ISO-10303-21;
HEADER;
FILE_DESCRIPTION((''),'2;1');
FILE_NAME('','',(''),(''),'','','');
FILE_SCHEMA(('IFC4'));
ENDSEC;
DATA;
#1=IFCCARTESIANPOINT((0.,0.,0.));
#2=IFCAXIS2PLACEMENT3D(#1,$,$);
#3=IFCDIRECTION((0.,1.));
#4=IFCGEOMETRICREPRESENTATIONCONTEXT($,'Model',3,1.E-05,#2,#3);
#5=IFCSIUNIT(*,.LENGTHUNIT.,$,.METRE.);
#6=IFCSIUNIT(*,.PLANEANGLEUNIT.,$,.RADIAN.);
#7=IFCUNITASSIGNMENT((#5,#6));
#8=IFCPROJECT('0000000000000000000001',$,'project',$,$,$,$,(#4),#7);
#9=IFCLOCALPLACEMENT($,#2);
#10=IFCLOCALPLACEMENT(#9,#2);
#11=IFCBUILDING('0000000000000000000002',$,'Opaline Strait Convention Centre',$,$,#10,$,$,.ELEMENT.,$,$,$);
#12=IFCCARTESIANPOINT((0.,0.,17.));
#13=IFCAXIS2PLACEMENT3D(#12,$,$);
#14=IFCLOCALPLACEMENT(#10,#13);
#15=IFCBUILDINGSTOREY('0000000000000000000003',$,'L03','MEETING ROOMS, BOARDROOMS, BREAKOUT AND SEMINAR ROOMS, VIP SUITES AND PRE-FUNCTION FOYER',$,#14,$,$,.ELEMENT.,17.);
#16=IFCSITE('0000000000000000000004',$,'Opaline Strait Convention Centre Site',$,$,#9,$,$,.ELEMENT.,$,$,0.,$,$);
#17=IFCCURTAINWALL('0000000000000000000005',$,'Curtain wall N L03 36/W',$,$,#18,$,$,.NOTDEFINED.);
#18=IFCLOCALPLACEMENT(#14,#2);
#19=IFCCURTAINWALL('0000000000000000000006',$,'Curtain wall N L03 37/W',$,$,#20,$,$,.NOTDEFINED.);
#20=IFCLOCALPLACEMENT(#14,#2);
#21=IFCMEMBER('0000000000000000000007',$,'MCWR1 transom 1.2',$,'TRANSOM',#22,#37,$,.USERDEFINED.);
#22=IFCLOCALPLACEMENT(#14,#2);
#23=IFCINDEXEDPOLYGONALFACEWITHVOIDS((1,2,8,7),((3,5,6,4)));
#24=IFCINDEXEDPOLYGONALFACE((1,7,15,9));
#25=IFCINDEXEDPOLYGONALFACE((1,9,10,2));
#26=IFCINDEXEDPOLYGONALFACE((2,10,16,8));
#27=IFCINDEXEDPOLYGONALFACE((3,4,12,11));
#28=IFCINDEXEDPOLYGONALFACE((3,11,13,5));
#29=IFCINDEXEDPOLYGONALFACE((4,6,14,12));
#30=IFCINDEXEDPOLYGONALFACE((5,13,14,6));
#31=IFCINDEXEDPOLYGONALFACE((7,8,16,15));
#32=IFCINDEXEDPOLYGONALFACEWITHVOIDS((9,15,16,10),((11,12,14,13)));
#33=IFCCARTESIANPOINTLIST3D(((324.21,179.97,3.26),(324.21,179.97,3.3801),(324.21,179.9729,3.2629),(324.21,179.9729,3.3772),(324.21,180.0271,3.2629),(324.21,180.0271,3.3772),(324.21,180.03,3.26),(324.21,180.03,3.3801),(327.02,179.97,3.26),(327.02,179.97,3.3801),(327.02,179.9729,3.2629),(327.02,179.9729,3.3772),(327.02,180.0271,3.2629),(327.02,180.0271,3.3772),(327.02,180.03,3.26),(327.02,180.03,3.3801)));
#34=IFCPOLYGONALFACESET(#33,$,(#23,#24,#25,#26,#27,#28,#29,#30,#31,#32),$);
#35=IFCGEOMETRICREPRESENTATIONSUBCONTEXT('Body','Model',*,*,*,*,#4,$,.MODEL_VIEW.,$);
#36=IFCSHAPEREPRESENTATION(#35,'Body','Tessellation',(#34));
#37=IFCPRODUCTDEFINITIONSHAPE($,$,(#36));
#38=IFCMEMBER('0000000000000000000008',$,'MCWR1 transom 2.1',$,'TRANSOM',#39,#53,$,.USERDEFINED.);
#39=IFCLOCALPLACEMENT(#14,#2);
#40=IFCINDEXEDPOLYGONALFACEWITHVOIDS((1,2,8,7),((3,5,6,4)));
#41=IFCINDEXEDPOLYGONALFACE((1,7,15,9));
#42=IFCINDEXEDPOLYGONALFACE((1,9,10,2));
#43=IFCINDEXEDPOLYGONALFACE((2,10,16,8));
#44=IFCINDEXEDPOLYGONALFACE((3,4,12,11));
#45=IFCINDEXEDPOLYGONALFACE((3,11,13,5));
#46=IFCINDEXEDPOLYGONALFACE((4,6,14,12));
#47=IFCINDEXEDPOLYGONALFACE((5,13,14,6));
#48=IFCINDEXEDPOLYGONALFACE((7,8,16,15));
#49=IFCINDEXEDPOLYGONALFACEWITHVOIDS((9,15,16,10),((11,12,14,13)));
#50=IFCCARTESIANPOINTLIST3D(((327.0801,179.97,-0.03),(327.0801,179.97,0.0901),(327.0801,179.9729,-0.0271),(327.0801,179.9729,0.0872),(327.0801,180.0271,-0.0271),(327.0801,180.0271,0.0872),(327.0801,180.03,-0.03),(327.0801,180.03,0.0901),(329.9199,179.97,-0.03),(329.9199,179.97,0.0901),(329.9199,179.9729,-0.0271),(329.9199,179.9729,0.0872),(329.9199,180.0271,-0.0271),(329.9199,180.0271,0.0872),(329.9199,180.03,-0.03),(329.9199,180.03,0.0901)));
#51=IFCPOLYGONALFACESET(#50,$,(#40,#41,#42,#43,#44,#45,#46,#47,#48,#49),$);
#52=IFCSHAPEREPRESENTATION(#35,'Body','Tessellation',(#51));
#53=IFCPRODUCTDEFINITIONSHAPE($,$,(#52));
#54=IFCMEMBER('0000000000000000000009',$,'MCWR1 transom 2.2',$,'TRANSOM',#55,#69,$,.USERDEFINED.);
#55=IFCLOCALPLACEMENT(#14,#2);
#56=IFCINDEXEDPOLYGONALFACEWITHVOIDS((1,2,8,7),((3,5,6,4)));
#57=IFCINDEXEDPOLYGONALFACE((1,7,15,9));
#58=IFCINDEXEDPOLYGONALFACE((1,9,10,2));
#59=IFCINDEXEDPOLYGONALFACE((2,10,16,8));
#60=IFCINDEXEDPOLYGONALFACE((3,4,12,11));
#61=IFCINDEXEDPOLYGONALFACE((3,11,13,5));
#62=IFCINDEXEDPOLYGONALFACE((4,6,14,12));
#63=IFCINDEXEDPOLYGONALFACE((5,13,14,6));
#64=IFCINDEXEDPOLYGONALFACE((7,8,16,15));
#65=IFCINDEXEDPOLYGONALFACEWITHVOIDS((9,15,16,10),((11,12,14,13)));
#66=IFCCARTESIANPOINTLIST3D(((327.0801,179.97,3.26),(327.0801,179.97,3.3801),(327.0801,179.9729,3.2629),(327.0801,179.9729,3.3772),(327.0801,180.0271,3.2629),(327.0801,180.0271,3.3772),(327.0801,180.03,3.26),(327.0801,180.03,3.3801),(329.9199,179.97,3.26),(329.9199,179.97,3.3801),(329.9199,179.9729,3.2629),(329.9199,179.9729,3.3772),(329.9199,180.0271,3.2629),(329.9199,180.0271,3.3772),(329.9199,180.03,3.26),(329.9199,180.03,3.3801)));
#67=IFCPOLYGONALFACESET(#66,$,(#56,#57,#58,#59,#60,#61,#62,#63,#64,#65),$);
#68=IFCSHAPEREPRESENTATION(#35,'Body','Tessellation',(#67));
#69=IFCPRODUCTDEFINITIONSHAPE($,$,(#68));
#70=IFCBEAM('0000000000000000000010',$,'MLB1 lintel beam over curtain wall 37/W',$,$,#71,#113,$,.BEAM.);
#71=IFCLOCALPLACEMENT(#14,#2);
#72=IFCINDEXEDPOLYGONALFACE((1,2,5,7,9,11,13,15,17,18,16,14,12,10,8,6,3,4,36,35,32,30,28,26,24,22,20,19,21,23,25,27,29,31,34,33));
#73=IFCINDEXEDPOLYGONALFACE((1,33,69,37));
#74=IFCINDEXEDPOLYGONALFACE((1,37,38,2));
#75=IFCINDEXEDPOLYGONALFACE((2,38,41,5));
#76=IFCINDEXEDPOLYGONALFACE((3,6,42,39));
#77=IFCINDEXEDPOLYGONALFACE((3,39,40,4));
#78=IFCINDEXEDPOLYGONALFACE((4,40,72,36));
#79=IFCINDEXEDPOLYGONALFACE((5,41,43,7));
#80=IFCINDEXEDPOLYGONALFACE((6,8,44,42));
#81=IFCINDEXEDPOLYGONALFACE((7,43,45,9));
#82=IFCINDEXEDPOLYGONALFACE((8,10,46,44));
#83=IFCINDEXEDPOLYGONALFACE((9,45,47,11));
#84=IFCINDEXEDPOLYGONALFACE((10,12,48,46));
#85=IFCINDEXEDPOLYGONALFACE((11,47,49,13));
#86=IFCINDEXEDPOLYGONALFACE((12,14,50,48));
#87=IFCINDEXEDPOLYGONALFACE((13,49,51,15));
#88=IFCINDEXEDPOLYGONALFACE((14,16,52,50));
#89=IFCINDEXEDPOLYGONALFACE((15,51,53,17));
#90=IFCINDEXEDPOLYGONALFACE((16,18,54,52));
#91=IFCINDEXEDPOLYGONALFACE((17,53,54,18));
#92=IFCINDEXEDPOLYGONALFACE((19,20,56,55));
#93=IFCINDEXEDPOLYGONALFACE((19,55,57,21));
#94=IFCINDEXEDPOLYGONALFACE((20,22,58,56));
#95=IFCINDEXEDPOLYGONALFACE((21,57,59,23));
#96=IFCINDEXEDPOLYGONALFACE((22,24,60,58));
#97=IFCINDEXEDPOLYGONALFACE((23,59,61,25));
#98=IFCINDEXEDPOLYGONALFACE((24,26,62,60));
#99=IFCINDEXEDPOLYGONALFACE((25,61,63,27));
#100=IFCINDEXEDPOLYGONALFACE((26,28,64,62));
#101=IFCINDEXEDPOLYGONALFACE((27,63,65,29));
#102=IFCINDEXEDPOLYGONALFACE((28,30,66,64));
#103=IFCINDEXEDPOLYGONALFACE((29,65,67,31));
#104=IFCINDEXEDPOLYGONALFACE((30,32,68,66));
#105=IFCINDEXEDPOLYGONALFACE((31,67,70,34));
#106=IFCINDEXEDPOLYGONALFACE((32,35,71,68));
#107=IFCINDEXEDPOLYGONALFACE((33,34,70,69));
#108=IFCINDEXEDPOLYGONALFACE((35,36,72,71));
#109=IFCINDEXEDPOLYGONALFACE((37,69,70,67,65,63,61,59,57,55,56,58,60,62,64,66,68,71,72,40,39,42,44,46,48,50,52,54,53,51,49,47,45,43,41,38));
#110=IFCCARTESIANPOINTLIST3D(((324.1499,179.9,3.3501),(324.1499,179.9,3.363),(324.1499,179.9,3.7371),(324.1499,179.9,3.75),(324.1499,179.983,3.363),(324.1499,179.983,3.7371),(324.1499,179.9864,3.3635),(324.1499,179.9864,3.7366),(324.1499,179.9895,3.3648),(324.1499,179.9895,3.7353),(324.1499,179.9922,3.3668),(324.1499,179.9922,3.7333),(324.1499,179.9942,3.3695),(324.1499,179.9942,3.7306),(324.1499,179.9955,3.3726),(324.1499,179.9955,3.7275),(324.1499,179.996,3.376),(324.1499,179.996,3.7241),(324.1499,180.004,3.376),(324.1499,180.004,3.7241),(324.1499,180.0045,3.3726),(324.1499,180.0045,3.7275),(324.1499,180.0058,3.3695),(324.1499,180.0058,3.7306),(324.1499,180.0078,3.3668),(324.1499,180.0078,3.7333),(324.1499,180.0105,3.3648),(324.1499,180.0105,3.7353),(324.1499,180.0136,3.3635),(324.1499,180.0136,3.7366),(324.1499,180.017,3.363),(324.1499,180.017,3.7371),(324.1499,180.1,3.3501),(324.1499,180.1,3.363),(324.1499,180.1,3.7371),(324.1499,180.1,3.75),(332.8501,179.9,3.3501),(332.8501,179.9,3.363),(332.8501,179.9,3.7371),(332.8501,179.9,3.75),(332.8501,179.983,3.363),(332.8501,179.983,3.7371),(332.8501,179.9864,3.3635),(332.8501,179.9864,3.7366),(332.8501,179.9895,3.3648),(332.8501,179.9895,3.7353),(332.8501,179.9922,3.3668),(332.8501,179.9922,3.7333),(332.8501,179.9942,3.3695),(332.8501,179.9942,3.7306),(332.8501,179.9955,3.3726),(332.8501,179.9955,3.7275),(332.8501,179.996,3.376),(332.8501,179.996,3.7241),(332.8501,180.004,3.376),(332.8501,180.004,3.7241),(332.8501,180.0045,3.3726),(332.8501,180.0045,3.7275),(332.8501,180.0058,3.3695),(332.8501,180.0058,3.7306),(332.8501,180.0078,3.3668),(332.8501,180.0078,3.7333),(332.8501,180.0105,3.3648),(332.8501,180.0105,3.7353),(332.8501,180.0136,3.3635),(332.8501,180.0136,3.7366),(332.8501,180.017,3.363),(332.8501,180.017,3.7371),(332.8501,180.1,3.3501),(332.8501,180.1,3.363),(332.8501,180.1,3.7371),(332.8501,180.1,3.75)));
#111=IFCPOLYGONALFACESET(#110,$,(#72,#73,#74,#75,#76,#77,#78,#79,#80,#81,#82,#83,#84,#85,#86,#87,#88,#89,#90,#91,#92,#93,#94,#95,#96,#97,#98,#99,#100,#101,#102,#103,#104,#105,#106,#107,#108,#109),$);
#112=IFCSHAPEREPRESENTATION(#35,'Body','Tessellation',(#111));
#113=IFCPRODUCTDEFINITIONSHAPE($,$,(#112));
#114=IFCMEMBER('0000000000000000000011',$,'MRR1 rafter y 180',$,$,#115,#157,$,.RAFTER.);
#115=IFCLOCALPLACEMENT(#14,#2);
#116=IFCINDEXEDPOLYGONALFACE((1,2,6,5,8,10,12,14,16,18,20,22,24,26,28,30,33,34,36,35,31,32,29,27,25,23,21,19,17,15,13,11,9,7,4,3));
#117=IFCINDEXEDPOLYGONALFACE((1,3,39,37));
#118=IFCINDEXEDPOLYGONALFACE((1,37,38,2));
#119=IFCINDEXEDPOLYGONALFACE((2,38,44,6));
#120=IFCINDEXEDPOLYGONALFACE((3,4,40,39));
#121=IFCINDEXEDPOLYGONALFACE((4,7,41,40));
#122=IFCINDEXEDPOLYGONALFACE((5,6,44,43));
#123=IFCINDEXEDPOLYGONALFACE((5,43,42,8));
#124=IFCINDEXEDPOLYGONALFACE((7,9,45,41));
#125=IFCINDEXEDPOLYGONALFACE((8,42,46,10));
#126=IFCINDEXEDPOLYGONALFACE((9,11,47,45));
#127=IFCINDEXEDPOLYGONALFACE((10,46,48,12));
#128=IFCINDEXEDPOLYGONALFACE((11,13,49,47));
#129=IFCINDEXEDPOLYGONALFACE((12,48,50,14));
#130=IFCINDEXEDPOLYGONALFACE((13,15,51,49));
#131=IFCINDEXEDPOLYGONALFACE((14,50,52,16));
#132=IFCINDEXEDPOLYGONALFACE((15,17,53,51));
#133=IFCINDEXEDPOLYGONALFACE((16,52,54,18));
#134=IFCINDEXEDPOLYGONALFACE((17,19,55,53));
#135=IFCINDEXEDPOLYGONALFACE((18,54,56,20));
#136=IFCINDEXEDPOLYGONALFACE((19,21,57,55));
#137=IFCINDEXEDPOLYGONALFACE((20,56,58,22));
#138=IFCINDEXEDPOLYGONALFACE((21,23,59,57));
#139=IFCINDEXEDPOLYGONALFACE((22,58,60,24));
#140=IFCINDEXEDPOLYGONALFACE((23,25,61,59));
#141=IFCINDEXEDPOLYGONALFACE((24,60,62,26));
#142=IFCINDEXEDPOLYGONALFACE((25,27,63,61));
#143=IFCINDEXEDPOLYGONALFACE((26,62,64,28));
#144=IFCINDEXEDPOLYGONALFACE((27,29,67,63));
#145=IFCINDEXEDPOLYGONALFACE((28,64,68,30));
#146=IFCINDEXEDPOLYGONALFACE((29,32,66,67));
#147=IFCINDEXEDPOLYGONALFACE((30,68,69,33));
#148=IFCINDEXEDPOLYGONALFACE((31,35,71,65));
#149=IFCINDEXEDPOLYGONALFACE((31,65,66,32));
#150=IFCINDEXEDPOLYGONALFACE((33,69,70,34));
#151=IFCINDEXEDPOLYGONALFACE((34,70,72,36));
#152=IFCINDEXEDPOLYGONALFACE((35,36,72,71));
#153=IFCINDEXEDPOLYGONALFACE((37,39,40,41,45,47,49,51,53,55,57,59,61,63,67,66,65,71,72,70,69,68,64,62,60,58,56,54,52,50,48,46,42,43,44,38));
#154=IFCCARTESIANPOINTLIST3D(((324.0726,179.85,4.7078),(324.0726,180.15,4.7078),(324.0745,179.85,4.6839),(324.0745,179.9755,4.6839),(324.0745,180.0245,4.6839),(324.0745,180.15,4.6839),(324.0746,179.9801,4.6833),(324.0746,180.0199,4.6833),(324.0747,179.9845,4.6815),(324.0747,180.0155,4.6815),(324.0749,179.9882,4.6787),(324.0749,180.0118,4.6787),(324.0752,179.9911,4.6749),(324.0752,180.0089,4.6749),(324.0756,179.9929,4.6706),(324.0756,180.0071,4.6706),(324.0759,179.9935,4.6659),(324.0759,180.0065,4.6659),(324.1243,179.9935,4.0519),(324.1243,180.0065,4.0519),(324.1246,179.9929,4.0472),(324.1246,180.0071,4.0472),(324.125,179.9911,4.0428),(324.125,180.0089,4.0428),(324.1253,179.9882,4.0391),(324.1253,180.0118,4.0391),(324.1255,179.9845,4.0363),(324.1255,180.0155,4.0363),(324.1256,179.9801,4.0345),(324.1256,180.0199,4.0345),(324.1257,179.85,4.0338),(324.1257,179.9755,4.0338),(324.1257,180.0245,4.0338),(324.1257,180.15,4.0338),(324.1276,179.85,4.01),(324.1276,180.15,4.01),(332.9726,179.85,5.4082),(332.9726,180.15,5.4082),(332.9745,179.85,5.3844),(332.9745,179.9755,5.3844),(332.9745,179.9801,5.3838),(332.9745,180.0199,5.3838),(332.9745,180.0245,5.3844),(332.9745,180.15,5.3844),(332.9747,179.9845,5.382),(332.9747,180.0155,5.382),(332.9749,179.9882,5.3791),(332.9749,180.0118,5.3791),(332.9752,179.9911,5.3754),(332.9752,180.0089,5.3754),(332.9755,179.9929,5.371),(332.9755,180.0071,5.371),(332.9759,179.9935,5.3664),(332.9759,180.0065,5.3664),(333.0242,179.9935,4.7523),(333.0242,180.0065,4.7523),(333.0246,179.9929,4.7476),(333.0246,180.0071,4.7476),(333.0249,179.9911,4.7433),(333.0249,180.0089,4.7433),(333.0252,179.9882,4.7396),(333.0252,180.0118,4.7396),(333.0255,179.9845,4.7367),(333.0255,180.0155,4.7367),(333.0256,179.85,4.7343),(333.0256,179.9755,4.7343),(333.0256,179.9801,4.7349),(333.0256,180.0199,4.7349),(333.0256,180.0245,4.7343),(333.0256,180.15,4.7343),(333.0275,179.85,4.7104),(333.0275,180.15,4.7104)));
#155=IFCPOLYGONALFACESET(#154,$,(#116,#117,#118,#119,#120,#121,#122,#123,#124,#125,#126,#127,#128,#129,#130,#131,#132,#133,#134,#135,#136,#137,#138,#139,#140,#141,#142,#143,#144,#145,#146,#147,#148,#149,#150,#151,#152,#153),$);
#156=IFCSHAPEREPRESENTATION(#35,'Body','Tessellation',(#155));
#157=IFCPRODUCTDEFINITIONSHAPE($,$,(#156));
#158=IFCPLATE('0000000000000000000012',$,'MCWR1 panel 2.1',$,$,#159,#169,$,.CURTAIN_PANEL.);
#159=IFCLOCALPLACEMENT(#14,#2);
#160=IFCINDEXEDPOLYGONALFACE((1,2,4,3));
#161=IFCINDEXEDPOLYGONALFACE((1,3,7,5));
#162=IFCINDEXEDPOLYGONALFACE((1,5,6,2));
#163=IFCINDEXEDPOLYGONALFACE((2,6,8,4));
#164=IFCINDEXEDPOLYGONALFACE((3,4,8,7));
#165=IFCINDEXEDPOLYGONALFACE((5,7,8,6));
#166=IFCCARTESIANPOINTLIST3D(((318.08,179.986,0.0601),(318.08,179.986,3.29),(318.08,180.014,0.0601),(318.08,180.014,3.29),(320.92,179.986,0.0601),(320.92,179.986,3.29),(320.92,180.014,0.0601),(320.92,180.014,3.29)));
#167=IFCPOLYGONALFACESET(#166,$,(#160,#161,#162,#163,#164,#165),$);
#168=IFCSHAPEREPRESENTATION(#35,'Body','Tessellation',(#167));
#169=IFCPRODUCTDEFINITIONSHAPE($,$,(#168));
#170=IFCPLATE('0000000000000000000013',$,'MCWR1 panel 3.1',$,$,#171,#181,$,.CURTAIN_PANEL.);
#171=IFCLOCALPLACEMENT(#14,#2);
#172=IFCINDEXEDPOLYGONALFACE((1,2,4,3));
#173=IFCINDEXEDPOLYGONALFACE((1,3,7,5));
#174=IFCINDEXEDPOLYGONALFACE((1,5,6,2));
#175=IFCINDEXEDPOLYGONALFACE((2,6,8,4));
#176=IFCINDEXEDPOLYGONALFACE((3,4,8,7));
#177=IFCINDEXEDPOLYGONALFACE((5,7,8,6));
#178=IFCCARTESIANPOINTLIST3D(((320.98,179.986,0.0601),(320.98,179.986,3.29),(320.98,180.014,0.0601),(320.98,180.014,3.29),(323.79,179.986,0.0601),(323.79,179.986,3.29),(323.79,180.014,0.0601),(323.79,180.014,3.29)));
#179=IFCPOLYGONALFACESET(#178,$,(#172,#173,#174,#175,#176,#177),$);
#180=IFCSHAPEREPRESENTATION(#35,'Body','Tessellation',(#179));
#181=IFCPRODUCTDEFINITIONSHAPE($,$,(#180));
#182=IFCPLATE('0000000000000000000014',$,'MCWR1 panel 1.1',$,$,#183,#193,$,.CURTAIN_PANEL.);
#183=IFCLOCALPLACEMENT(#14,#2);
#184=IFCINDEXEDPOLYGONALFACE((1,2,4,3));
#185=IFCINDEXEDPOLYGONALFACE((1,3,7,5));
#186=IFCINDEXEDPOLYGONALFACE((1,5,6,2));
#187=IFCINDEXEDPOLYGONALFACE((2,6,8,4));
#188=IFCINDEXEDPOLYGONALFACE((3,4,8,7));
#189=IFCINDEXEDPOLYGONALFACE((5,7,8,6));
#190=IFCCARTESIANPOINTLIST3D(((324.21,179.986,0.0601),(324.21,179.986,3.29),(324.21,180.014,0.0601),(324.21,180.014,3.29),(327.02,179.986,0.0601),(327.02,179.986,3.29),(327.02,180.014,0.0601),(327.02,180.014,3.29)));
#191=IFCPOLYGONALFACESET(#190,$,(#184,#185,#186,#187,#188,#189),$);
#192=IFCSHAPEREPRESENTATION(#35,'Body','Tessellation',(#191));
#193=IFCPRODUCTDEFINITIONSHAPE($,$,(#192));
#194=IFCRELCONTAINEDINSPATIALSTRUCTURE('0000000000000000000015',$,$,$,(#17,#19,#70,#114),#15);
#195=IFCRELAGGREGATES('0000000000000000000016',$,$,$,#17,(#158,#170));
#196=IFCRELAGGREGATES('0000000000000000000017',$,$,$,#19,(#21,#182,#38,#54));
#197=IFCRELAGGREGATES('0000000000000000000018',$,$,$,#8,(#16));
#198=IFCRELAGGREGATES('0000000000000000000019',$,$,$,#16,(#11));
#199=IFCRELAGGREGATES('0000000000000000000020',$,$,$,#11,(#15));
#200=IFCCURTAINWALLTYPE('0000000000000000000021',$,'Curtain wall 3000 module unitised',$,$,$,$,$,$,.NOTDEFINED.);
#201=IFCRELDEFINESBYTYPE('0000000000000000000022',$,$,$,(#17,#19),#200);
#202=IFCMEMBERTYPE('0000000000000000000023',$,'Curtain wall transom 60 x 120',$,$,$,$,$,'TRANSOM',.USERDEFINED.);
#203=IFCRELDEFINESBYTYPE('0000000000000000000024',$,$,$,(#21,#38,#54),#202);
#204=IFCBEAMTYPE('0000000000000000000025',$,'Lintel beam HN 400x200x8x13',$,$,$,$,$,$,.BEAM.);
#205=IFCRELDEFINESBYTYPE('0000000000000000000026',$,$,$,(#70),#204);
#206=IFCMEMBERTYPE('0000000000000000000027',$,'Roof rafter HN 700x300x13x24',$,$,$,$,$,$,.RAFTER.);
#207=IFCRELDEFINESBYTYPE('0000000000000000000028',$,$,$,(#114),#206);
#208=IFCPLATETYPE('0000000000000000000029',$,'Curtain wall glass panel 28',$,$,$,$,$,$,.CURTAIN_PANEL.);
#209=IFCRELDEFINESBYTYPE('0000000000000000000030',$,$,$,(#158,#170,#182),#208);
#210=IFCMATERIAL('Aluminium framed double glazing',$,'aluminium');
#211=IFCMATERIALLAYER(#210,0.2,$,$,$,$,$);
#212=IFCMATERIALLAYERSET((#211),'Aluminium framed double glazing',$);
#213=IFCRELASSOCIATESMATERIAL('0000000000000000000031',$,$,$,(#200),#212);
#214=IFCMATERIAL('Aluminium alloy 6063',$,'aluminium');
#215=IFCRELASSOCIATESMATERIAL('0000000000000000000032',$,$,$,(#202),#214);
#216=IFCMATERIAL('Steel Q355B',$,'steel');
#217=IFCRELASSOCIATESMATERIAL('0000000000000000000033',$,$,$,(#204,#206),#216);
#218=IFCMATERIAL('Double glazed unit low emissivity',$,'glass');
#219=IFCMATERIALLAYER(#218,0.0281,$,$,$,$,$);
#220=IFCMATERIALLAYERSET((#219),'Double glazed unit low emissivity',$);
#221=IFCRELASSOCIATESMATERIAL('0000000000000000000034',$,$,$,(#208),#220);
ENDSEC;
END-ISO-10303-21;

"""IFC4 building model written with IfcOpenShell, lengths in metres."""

from ifc_helpers import new_model, si_unit, direction, frame, origin, origin_2d, place, context, subcontext, project, spatial, rectangle, hollow_rectangle, i_section, extrude, material, layer, layer_set, material_profile, profile_set, type_object, element, aggregate, save


model = new_model("IFC4")

# Units and contexts
model_context = context("Model", 3, precision=1e-05, world=origin(), true_north=direction((0.0, 1.0)))
body_context = subcontext(model_context, "Body", "Model", "MODEL_VIEW")
ifc_project = project(units=[si_unit("LENGTHUNIT", "METRE"), si_unit("PLANEANGLEUNIT", "RADIAN")], contexts=[model_context])

# Site, building, storey
site_placement = place(None, origin())
site = spatial("IfcSite", under=ifc_project, at=site_placement, Name="Opaline Strait Convention Centre Site", CompositionType="ELEMENT", RefElevation=0.0)
building_placement = place(site_placement, origin())
building = spatial("IfcBuilding", under=site, at=building_placement, Name="Opaline Strait Convention Centre", CompositionType="ELEMENT")
storey_placement = place(building_placement, frame((0.0, 0.0, 17.0)))
storey = spatial("IfcBuildingStorey", under=building, at=storey_placement, Name="L03", Description="MEETING ROOMS, BOARDROOMS, BREAKOUT AND SEMINAR ROOMS, VIP SUITES AND PRE-FUNCTION FOYER", CompositionType="ELEMENT", Elevation=17.0)

# Shared definitions
ifc_material_1 = material(Name="Steel Q355B", Category="steel")

# Curtain walls
ifc_material_2 = material(Name="Aluminium framed double glazing", Category="aluminium")
ifc_layer_1 = layer(ifc_material_2, 0.2)
ifc_layer_set_1 = layer_set([ifc_layer_1], Name="Aluminium framed double glazing")
curtain_wall_type = type_object("IfcCurtainWallType", Name="Curtain wall 3000 module unitised", PredefinedType="NOTDEFINED", material=ifc_layer_set_1)
curtain_wall_1_placement = place(storey_placement, origin())
curtain_wall_1 = element("IfcCurtainWall", 1, at=curtain_wall_1_placement, inside=storey, type_object=curtain_wall_type, Name="Curtain wall N L03 36/W", PredefinedType="NOTDEFINED")
ifc_material_3 = material(Name="Aluminium alloy 6063", Category="aluminium")
curtain_wall_2_placement = place(storey_placement, origin())
curtain_wall_2 = element("IfcCurtainWall", 2, at=curtain_wall_2_placement, inside=storey, type_object=curtain_wall_type, Name="Curtain wall N L03 37/W", PredefinedType="NOTDEFINED")

# Members
ifc_material_profile_1 = material_profile(ifc_material_3, hollow_rectangle(XDim=0.0601, YDim=0.1201, WallThickness=0.0029, at=origin_2d()), Name="TRANSOM 60x120x3")
ifc_profile_set_1 = profile_set([ifc_material_profile_1], Name="Aluminium alloy 6063")
member_type_1 = type_object("IfcMemberType", Name="Curtain wall transom 60 x 120", ElementType="TRANSOM", PredefinedType="USERDEFINED", material=ifc_profile_set_1)
member_1_placement = place(storey_placement, frame((324.21, 180.0, 3.3201), z_axis=(1.0, 0.0, 0.0), x_axis=(0.0, 1.0, 0.0)))
member_1 = element("IfcMember", 3, at=member_1_placement, type_object=member_type_1, Name="MCWR1 transom 1.2", ObjectType="TRANSOM", PredefinedType="USERDEFINED", context=body_context, shape_type="SweptSolid", body=[
    extrude(hollow_rectangle(XDim=0.0601, YDim=0.1201, WallThickness=0.0029, at=origin_2d()), origin(), (0.0, 0.0, 1.0), 2.8101),
])
member_2_placement = place(storey_placement, frame((327.0801, 180.0, 0.03), z_axis=(1.0, 0.0, 0.0), x_axis=(0.0, 1.0, 0.0)))
member_2 = element("IfcMember", 4, at=member_2_placement, type_object=member_type_1, Name="MCWR1 transom 2.1", ObjectType="TRANSOM", PredefinedType="USERDEFINED", context=body_context, shape_type="SweptSolid", body=[
    extrude(hollow_rectangle(XDim=0.0601, YDim=0.1201, WallThickness=0.0029, at=origin_2d()), origin(), (0.0, 0.0, 1.0), 2.8398),
])
member_3_placement = place(storey_placement, frame((327.0801, 180.0, 3.3201), z_axis=(1.0, 0.0, 0.0), x_axis=(0.0, 1.0, 0.0)))
member_3 = element("IfcMember", 5, at=member_3_placement, type_object=member_type_1, Name="MCWR1 transom 2.2", ObjectType="TRANSOM", PredefinedType="USERDEFINED", context=body_context, shape_type="SweptSolid", body=[
    extrude(hollow_rectangle(XDim=0.0601, YDim=0.1201, WallThickness=0.0029, at=origin_2d()), origin(), (0.0, 0.0, 1.0), 2.8398),
])

# Beam
ifc_material_profile_2 = material_profile(ifc_material_1, i_section(OverallWidth=0.2, OverallDepth=0.3999, WebThickness=0.0081, FlangeThickness=0.0129, FilletRadius=0.0129, at=origin_2d()), Name="HN 400x200x8x13")
ifc_profile_set_2 = profile_set([ifc_material_profile_2], Name="Steel Q355B")
beam_type = type_object("IfcBeamType", Name="Lintel beam HN 400x200x8x13", PredefinedType="BEAM", material=ifc_profile_set_2)
beam_placement = place(storey_placement, frame((324.1499, 180.0, 3.55), z_axis=(1.0, 0.0, 0.0), x_axis=(0.0, 1.0, 0.0)))
element("IfcBeam", 6, at=beam_placement, inside=storey, type_object=beam_type, Name="MLB1 lintel beam over curtain wall 37/W", PredefinedType="BEAM", context=body_context, shape_type="SweptSolid", body=[
    extrude(i_section(OverallWidth=0.2, OverallDepth=0.3999, WebThickness=0.0081, FlangeThickness=0.0129, FilletRadius=0.0129, at=origin_2d()), origin(), (0.0, 0.0, 1.0), 8.7002),
])

# Member
ifc_material_profile_3 = material_profile(ifc_material_1, i_section(OverallWidth=0.3, OverallDepth=0.7, WebThickness=0.0129, FlangeThickness=0.0239, FilletRadius=0.0181, at=origin_2d()), Name="HN 700x300x13x24")
ifc_profile_set_3 = profile_set([ifc_material_profile_3], Name="Steel Q355B")
member_type_2 = type_object("IfcMemberType", Name="Roof rafter HN 700x300x13x24", PredefinedType="RAFTER", material=ifc_profile_set_3)
member_4_placement = place(storey_placement, frame((324.1001, 180.0, 4.3589), z_axis=(0.996917, 0.0, 0.078459), x_axis=(0.0, 1.0, 0.0)))
element("IfcMember", 7, at=member_4_placement, inside=storey, type_object=member_type_2, Name="MRR1 rafter y 180", PredefinedType="RAFTER", context=body_context, shape_type="SweptSolid", body=[
    extrude(i_section(OverallWidth=0.3, OverallDepth=0.7, WebThickness=0.0129, FlangeThickness=0.0239, FilletRadius=0.0181, at=origin_2d()), origin(), (0.0, 0.0, 1.0), 8.9275),
])

# Plates
ifc_material_4 = material(Name="Double glazed unit low emissivity", Category="glass")
ifc_layer_2 = layer(ifc_material_4, 0.0281)
ifc_layer_set_2 = layer_set([ifc_layer_2], Name="Double glazed unit low emissivity")
plate_type = type_object("IfcPlateType", Name="Curtain wall glass panel 28", PredefinedType="CURTAIN_PANEL", material=ifc_layer_set_2)
plate_1_placement = place(storey_placement, frame((319.5, 180.0, 0.0601), z_axis=(0.0, 0.0, 1.0), x_axis=(1.0, 0.0, 0.0)))
plate_1 = element("IfcPlate", 8, at=plate_1_placement, type_object=plate_type, Name="MCWR1 panel 2.1", PredefinedType="CURTAIN_PANEL", context=body_context, shape_type="SweptSolid", body=[
    extrude(rectangle(XDim=2.8401, YDim=0.0281, at=origin_2d()), origin(), (0.0, 0.0, 1.0), 3.23),
])
plate_2_placement = place(storey_placement, frame((322.385, 180.0, 0.0601), z_axis=(0.0, 0.0, 1.0), x_axis=(1.0, 0.0, 0.0)))
plate_2 = element("IfcPlate", 9, at=plate_2_placement, type_object=plate_type, Name="MCWR1 panel 3.1", PredefinedType="CURTAIN_PANEL", context=body_context, shape_type="SweptSolid", body=[
    extrude(rectangle(XDim=2.8101, YDim=0.0281, at=origin_2d()), origin(), (0.0, 0.0, 1.0), 3.23),
])
aggregate(curtain_wall_1, [plate_1, plate_2])
plate_3_placement = place(storey_placement, frame((325.615, 180.0, 0.0601), z_axis=(0.0, 0.0, 1.0), x_axis=(1.0, 0.0, 0.0)))
plate_3 = element("IfcPlate", 10, at=plate_3_placement, type_object=plate_type, Name="MCWR1 panel 1.1", PredefinedType="CURTAIN_PANEL", context=body_context, shape_type="SweptSolid", body=[
    extrude(rectangle(XDim=2.8101, YDim=0.0281, at=origin_2d()), origin(), (0.0, 0.0, 1.0), 3.23),
])
aggregate(curtain_wall_2, [member_1, plate_3, member_2, member_3])

save(model, "model.ifc")
